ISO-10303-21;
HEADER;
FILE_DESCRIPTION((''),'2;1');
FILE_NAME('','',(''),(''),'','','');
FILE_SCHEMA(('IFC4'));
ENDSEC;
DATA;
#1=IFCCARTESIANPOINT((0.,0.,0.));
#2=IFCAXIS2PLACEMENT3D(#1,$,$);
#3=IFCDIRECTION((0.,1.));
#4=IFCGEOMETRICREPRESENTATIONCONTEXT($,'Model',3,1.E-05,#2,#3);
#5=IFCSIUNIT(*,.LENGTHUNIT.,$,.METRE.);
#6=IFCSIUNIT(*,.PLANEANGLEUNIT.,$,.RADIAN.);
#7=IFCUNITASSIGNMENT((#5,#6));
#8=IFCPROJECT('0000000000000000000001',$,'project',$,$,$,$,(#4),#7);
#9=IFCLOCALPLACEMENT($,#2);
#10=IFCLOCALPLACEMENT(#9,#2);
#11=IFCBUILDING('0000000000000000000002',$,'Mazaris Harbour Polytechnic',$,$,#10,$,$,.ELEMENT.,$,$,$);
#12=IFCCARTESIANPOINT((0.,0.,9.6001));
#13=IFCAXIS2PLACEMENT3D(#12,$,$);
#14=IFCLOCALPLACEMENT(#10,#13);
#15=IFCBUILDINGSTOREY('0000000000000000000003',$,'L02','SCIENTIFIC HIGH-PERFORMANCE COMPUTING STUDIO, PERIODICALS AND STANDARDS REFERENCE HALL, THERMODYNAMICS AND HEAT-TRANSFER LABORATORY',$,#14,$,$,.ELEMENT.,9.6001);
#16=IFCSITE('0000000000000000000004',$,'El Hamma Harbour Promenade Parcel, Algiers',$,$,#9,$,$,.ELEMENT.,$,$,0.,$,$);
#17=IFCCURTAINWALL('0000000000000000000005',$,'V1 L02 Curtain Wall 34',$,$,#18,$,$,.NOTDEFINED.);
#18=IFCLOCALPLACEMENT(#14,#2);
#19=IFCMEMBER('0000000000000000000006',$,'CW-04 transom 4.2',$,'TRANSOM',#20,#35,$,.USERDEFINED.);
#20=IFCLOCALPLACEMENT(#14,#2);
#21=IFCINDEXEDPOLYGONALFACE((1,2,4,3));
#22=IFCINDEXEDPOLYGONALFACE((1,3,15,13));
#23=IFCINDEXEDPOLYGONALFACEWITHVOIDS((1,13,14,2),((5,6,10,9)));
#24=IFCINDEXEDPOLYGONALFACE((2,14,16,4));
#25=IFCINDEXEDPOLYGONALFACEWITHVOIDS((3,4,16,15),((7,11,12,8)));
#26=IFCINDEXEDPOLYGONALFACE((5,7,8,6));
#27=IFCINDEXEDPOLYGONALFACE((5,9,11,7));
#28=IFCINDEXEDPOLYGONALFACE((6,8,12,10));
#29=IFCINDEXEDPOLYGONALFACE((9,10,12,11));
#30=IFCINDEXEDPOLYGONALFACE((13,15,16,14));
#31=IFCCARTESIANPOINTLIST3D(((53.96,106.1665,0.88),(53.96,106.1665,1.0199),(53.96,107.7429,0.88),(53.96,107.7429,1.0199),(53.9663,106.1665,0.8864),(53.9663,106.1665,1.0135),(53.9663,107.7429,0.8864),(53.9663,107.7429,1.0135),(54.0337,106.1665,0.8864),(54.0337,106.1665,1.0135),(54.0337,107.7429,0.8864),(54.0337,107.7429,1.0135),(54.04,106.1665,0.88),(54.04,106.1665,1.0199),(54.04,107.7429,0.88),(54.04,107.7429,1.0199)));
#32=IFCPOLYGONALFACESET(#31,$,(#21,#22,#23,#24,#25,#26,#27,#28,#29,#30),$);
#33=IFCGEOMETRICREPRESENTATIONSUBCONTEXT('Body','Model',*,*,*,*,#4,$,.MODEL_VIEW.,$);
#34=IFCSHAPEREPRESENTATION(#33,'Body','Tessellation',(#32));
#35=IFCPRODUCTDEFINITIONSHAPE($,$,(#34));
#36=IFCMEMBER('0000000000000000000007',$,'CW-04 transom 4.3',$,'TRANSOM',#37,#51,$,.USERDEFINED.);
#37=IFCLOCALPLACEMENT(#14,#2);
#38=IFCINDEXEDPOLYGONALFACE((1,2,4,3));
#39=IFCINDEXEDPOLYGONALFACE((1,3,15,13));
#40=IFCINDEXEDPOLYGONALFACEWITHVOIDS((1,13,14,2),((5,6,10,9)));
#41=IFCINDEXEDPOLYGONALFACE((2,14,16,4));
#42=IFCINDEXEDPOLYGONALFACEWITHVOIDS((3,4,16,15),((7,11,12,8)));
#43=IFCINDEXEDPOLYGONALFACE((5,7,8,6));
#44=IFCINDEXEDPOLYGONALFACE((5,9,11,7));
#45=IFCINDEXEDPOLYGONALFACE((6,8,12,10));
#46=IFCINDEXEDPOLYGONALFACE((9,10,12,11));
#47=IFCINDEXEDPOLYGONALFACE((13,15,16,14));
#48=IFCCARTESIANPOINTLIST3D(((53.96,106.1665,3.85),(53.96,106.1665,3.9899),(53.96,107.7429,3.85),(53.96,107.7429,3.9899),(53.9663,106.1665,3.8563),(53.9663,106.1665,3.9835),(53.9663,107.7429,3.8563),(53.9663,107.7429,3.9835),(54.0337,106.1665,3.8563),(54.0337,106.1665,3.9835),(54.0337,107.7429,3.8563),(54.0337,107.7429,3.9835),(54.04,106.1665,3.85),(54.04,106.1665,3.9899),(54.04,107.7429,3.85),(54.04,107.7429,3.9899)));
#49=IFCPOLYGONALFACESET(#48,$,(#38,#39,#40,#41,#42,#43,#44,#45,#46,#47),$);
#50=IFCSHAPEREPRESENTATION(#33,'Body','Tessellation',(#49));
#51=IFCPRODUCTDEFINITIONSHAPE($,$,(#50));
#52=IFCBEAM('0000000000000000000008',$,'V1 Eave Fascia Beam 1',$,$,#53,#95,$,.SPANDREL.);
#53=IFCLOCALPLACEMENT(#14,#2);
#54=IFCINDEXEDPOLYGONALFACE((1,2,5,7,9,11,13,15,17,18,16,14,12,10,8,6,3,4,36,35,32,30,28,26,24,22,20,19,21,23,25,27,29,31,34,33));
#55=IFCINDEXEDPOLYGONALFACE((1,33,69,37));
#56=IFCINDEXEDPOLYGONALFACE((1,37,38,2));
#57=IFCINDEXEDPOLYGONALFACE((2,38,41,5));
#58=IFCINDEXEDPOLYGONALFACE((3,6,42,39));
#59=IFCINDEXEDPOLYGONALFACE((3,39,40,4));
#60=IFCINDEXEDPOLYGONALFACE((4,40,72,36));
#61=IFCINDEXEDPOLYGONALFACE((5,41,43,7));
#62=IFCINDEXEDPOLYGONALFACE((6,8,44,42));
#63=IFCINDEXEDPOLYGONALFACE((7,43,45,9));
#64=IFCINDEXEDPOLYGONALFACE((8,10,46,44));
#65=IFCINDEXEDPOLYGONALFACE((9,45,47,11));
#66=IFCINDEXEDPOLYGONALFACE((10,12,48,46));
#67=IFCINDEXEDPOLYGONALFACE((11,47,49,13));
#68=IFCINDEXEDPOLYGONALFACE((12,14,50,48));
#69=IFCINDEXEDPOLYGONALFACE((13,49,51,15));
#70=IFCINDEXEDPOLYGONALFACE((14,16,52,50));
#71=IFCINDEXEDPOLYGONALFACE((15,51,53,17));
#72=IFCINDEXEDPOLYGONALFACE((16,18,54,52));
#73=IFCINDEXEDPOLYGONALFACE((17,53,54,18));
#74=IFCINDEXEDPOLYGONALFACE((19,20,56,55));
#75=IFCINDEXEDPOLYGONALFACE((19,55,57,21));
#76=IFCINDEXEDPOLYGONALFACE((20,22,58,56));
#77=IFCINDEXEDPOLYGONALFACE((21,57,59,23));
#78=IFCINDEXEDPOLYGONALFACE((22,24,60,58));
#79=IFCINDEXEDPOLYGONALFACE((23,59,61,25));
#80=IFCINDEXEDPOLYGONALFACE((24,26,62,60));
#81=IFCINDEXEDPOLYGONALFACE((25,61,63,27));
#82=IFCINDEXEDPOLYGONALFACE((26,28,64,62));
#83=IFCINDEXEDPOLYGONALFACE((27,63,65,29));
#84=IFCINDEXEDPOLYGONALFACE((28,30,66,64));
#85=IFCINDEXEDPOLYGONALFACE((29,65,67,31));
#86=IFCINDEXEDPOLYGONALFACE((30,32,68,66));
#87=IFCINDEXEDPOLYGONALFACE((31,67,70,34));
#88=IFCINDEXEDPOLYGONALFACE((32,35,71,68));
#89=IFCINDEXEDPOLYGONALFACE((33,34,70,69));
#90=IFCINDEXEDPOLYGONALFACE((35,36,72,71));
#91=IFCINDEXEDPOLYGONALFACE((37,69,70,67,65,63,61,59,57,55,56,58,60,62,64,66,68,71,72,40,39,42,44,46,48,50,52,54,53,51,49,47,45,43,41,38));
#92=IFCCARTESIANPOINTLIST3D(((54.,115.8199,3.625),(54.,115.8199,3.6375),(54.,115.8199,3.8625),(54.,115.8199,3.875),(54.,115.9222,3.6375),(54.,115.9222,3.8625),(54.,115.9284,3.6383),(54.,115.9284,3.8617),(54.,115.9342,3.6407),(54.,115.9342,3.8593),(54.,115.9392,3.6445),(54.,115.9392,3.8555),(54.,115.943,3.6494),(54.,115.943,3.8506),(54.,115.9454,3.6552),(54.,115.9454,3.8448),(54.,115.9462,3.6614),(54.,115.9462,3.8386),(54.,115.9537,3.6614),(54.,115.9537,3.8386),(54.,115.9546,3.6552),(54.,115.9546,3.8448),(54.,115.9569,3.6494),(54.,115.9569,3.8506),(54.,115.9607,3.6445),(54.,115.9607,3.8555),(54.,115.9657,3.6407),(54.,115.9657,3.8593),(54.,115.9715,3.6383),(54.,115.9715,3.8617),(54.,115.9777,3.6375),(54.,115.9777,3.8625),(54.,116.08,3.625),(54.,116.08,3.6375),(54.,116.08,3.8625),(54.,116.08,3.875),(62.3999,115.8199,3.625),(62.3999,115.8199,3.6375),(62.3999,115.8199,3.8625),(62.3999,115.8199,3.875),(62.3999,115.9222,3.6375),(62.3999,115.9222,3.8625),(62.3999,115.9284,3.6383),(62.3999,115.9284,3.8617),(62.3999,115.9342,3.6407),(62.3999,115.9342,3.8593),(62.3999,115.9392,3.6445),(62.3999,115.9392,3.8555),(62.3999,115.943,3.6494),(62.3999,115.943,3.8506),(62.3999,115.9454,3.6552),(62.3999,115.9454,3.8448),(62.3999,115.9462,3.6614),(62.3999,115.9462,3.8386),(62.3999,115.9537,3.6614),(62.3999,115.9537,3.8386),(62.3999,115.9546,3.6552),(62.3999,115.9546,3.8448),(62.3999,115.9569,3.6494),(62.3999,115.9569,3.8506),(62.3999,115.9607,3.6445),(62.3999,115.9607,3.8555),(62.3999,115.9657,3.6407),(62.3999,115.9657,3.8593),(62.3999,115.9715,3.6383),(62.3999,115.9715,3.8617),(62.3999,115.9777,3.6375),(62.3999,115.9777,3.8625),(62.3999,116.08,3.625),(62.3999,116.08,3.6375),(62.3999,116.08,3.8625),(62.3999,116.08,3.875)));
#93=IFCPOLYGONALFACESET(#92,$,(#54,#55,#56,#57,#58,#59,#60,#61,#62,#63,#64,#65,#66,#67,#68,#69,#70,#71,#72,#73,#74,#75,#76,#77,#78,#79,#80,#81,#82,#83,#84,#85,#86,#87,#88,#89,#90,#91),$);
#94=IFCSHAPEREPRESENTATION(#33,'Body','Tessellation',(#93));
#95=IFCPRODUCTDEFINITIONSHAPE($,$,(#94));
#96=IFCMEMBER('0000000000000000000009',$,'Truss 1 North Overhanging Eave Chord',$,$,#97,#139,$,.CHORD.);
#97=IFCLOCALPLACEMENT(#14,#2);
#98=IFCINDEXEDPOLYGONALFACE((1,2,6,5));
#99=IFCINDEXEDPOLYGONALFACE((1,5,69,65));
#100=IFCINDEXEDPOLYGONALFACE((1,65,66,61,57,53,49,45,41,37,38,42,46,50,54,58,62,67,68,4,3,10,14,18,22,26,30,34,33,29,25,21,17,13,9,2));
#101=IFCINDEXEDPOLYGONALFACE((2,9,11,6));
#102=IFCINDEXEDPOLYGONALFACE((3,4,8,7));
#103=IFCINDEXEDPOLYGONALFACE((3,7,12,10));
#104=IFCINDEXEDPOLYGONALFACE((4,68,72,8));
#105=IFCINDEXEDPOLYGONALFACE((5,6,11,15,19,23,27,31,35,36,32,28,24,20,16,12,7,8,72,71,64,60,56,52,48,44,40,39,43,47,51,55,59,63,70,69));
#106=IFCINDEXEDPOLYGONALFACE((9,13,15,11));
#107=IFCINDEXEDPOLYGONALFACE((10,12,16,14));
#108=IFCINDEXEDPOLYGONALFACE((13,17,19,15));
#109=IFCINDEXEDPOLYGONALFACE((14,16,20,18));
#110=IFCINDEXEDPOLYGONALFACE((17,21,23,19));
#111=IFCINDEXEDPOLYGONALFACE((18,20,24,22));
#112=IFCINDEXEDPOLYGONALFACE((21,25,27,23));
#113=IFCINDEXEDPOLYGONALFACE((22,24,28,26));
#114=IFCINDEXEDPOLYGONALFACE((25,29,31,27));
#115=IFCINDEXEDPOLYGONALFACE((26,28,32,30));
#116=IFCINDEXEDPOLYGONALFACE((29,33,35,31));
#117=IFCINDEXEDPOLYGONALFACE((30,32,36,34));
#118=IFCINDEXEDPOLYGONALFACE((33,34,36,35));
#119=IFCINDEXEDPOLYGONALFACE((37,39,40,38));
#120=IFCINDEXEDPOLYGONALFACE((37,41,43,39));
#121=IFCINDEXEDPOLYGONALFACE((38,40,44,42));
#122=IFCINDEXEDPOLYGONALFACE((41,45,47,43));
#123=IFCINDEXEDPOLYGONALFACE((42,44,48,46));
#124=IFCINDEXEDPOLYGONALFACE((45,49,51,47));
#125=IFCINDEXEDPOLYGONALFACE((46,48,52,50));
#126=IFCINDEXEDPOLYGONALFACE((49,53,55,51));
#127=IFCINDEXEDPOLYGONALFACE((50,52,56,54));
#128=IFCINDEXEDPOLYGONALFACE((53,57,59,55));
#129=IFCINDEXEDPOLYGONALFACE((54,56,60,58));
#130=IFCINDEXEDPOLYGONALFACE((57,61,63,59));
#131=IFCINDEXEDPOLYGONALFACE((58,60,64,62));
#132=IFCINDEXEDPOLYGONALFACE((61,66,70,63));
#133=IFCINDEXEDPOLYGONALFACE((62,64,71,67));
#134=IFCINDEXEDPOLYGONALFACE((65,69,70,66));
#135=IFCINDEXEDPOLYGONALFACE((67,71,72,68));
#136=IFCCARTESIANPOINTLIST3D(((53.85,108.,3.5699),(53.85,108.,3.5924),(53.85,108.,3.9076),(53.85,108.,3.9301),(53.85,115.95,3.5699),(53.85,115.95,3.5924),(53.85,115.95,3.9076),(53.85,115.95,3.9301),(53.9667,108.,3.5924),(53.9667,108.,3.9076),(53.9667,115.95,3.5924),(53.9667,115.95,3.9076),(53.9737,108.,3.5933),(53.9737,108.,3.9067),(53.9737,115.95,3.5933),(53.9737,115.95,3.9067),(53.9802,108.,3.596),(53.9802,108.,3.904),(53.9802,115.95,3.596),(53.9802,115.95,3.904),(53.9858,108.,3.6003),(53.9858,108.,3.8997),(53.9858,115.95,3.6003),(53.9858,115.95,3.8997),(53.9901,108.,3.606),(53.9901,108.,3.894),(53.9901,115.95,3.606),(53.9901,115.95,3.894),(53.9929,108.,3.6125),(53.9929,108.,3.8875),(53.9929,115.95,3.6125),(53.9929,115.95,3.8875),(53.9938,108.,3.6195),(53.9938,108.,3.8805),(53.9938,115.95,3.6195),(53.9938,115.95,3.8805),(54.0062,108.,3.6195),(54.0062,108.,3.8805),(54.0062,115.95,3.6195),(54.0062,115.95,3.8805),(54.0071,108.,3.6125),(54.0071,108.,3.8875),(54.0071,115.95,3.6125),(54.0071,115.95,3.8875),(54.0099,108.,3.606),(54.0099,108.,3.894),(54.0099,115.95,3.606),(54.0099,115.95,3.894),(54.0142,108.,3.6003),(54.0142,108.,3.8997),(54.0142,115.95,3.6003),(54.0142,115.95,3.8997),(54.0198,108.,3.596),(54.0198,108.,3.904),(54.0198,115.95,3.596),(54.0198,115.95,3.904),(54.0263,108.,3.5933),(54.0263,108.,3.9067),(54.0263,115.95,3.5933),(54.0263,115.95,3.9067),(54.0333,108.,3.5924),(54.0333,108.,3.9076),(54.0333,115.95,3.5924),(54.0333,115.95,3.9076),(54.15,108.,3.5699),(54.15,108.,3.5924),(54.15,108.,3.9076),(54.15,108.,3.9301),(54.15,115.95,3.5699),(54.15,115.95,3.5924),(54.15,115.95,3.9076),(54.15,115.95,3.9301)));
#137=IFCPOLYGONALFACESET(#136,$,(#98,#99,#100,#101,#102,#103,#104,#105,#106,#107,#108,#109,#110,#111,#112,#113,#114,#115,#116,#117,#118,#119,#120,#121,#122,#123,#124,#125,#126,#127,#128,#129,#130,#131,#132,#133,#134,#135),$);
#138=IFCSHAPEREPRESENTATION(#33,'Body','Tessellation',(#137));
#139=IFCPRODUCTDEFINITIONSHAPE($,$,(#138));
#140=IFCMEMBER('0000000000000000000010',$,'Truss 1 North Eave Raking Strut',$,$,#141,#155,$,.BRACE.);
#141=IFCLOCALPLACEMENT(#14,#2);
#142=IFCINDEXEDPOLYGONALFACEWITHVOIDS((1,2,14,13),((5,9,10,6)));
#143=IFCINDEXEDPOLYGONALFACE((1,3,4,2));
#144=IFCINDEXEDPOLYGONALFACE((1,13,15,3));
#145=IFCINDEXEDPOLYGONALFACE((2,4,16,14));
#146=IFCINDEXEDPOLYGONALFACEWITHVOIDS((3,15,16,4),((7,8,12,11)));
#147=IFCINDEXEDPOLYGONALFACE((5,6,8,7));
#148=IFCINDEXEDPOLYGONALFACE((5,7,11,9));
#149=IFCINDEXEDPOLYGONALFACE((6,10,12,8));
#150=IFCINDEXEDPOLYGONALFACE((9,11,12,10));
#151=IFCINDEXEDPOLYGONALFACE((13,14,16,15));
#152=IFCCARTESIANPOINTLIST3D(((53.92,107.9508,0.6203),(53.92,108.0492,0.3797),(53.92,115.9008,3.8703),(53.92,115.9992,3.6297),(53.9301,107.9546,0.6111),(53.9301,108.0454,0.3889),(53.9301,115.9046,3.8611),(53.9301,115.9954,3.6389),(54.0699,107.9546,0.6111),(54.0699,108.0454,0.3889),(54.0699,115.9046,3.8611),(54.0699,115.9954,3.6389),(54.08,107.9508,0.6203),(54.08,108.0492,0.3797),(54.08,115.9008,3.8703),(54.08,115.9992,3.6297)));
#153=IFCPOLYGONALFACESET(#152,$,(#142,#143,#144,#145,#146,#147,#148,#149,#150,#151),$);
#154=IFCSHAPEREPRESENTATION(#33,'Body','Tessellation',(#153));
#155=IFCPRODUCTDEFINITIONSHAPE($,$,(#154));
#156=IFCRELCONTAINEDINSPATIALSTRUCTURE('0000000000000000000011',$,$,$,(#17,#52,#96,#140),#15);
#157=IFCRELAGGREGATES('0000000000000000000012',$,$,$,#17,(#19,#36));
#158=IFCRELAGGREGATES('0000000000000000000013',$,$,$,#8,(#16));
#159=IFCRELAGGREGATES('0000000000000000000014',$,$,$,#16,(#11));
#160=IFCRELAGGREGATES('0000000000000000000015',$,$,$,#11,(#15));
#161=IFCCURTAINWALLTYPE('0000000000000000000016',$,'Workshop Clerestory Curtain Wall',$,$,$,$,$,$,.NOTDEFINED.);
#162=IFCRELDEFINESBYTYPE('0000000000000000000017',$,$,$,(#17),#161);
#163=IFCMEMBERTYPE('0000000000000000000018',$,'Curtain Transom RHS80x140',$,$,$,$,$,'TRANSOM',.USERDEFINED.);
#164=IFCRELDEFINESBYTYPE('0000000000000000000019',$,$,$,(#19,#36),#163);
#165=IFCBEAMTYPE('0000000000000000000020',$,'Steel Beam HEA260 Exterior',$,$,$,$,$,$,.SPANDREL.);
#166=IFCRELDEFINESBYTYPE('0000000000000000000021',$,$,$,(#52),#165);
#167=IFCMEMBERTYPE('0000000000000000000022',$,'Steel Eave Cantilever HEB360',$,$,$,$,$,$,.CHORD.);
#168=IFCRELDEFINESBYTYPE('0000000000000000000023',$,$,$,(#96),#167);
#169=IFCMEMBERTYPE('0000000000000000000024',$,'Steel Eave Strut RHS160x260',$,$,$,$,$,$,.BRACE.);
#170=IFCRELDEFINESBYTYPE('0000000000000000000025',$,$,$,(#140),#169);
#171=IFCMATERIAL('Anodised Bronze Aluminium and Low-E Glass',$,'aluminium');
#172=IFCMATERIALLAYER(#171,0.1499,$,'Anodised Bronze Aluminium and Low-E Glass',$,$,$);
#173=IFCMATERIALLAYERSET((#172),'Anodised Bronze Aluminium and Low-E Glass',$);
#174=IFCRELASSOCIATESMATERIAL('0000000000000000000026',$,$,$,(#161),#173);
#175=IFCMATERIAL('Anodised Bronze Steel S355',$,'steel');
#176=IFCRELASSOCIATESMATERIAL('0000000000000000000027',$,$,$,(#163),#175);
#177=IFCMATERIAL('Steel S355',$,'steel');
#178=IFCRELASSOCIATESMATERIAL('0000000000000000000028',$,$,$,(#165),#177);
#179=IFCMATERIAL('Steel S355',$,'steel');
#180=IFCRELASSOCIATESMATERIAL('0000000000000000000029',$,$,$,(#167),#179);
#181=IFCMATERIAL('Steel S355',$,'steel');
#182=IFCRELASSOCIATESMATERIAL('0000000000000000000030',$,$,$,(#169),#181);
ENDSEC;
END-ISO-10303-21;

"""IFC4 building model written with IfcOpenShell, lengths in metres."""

from ifc_helpers import new_model, si_unit, direction, frame, origin, origin_2d, place, context, subcontext, project, spatial, hollow_rectangle, i_section, extrude, material, layer, layer_set, material_profile, profile_set, type_object, element, aggregate, save


model = new_model("IFC4")

# Units and contexts
model_context = context("Model", 3, precision=1e-05, world=origin(), true_north=direction((0.0, 1.0)))
body_context = subcontext(model_context, "Body", "Model", "MODEL_VIEW")
ifc_project = project(units=[si_unit("LENGTHUNIT", "METRE"), si_unit("PLANEANGLEUNIT", "RADIAN")], contexts=[model_context])

# Site, building, storey
site_placement = place(None, origin())
site = spatial("IfcSite", under=ifc_project, at=site_placement, Name="El Hamma Harbour Promenade Parcel, Algiers", CompositionType="ELEMENT", RefElevation=0.0)
building_placement = place(site_placement, origin())
building = spatial("IfcBuilding", under=site, at=building_placement, Name="Mazaris Harbour Polytechnic", CompositionType="ELEMENT")
storey_placement = place(building_placement, frame((0.0, 0.0, 9.6001)))
storey = spatial("IfcBuildingStorey", under=building, at=storey_placement, Name="L02", Description="SCIENTIFIC HIGH-PERFORMANCE COMPUTING STUDIO, PERIODICALS AND STANDARDS REFERENCE HALL, THERMODYNAMICS AND HEAT-TRANSFER LABORATORY", CompositionType="ELEMENT", Elevation=9.6001)

# Curtain wall, members
ifc_material_1 = material(Name="Anodised Bronze Aluminium and Low-E Glass", Category="aluminium")
ifc_layer_1 = layer(ifc_material_1, 0.1499, Name="Anodised Bronze Aluminium and Low-E Glass")
ifc_layer_set_1 = layer_set([ifc_layer_1], Name="Anodised Bronze Aluminium and Low-E Glass")
curtain_wall_type = type_object("IfcCurtainWallType", Name="Workshop Clerestory Curtain Wall", PredefinedType="NOTDEFINED", material=ifc_layer_set_1)
curtain_wall_placement = place(storey_placement, origin())
curtain_wall = element("IfcCurtainWall", 1, at=curtain_wall_placement, inside=storey, type_object=curtain_wall_type, Name="V1 L02 Curtain Wall 34", PredefinedType="NOTDEFINED")
ifc_material_2 = material(Name="Anodised Bronze Steel S355", Category="steel")
ifc_material_profile_1 = material_profile(ifc_material_2, hollow_rectangle(XDim=0.0801, YDim=0.1399, WallThickness=0.0063, at=origin_2d()), Name="RHS 80x140x6.3")
ifc_profile_set_1 = profile_set([ifc_material_profile_1], Name="Anodised Bronze Steel S355")
member_type_1 = type_object("IfcMemberType", Name="Curtain Transom RHS80x140", ElementType="TRANSOM", PredefinedType="USERDEFINED", material=ifc_profile_set_1)
member_1_placement = place(storey_placement, frame((54.0, 106.1665, 0.95), z_axis=(0.0, 1.0, 0.0), x_axis=(-1.0, 0.0, 0.0)))
member_1 = element("IfcMember", 2, at=member_1_placement, type_object=member_type_1, Name="CW-04 transom 4.2", ObjectType="TRANSOM", PredefinedType="USERDEFINED", context=body_context, shape_type="SweptSolid", body=[
    extrude(hollow_rectangle(XDim=0.0801, YDim=0.1399, WallThickness=0.0063, at=origin_2d()), origin(), (0.0, 0.0, 1.0), 1.5764),
])
member_2_placement = place(storey_placement, frame((54.0, 106.1665, 3.9199), z_axis=(0.0, 1.0, 0.0), x_axis=(-1.0, 0.0, 0.0)))
member_2 = element("IfcMember", 3, at=member_2_placement, type_object=member_type_1, Name="CW-04 transom 4.3", ObjectType="TRANSOM", PredefinedType="USERDEFINED", context=body_context, shape_type="SweptSolid", body=[
    extrude(hollow_rectangle(XDim=0.0801, YDim=0.1399, WallThickness=0.0063, at=origin_2d()), origin(), (0.0, 0.0, 1.0), 1.5764),
])

# Beam
ifc_material_3 = material(Name="Steel S355", Category="steel")
ifc_material_profile_2 = material_profile(ifc_material_3, i_section(OverallWidth=0.26, OverallDepth=0.25, WebThickness=0.0076, FlangeThickness=0.0125, FilletRadius=0.0239, at=origin_2d()), Name="HEA 260")
ifc_profile_set_2 = profile_set([ifc_material_profile_2], Name="Steel S355")
beam_type = type_object("IfcBeamType", Name="Steel Beam HEA260 Exterior", PredefinedType="SPANDREL", material=ifc_profile_set_2)
beam_placement = place(storey_placement, frame((54.0, 115.95, 3.75), z_axis=(1.0, 0.0, 0.0), x_axis=(0.0, 1.0, 0.0)))
element("IfcBeam", 4, at=beam_placement, inside=storey, type_object=beam_type, Name="V1 Eave Fascia Beam 1", PredefinedType="SPANDREL", context=body_context, shape_type="SweptSolid", body=[
    extrude(i_section(OverallWidth=0.26, OverallDepth=0.25, WebThickness=0.0076, FlangeThickness=0.0125, FilletRadius=0.0239, at=origin_2d()), origin(), (0.0, 0.0, 1.0), 8.3999),
])

# Members
ifc_material_4 = material(Name="Steel S355", Category="steel")
ifc_material_profile_3 = material_profile(ifc_material_4, i_section(OverallWidth=0.3, OverallDepth=0.3601, WebThickness=0.0125, FlangeThickness=0.0225, FilletRadius=0.0271, at=origin_2d()), Name="HEB 360")
ifc_profile_set_3 = profile_set([ifc_material_profile_3], Name="Steel S355")
member_type_2 = type_object("IfcMemberType", Name="Steel Eave Cantilever HEB360", PredefinedType="CHORD", material=ifc_profile_set_3)
member_3_placement = place(storey_placement, frame((54.0, 108.0, 3.75), z_axis=(0.0, 1.0, 0.0), x_axis=(-1.0, 0.0, 0.0)))
element("IfcMember", 5, at=member_3_placement, inside=storey, type_object=member_type_2, Name="Truss 1 North Overhanging Eave Chord", PredefinedType="CHORD", context=body_context, shape_type="SweptSolid", body=[
    extrude(i_section(OverallWidth=0.3, OverallDepth=0.3601, WebThickness=0.0125, FlangeThickness=0.0225, FilletRadius=0.0271, at=origin_2d()), origin(), (0.0, 0.0, 1.0), 7.95),
])
ifc_material_5 = material(Name="Steel S355", Category="steel")
ifc_material_profile_4 = material_profile(ifc_material_5, hollow_rectangle(XDim=0.1599, YDim=0.26, WallThickness=0.01, at=origin_2d()), Name="RHS 160x260x10.0")
ifc_profile_set_4 = profile_set([ifc_material_profile_4], Name="Steel S355")
member_type_3 = type_object("IfcMemberType", Name="Steel Eave Strut RHS160x260", PredefinedType="BRACE", material=ifc_profile_set_4)
member_4_placement = place(storey_placement, frame((54.0, 108.0, 0.5), z_axis=(0.0, 0.925639, 0.378408), x_axis=(-1.0, 0.0, 0.0)))
element("IfcMember", 6, at=member_4_placement, inside=storey, type_object=member_type_3, Name="Truss 1 North Eave Raking Strut", PredefinedType="BRACE", context=body_context, shape_type="SweptSolid", body=[
    extrude(hollow_rectangle(XDim=0.1599, YDim=0.26, WallThickness=0.01, at=origin_2d()), origin(), (0.0, 0.0, 1.0), 8.5886),
])

aggregate(curtain_wall, [member_1, member_2])

save(model, "model.ifc")
